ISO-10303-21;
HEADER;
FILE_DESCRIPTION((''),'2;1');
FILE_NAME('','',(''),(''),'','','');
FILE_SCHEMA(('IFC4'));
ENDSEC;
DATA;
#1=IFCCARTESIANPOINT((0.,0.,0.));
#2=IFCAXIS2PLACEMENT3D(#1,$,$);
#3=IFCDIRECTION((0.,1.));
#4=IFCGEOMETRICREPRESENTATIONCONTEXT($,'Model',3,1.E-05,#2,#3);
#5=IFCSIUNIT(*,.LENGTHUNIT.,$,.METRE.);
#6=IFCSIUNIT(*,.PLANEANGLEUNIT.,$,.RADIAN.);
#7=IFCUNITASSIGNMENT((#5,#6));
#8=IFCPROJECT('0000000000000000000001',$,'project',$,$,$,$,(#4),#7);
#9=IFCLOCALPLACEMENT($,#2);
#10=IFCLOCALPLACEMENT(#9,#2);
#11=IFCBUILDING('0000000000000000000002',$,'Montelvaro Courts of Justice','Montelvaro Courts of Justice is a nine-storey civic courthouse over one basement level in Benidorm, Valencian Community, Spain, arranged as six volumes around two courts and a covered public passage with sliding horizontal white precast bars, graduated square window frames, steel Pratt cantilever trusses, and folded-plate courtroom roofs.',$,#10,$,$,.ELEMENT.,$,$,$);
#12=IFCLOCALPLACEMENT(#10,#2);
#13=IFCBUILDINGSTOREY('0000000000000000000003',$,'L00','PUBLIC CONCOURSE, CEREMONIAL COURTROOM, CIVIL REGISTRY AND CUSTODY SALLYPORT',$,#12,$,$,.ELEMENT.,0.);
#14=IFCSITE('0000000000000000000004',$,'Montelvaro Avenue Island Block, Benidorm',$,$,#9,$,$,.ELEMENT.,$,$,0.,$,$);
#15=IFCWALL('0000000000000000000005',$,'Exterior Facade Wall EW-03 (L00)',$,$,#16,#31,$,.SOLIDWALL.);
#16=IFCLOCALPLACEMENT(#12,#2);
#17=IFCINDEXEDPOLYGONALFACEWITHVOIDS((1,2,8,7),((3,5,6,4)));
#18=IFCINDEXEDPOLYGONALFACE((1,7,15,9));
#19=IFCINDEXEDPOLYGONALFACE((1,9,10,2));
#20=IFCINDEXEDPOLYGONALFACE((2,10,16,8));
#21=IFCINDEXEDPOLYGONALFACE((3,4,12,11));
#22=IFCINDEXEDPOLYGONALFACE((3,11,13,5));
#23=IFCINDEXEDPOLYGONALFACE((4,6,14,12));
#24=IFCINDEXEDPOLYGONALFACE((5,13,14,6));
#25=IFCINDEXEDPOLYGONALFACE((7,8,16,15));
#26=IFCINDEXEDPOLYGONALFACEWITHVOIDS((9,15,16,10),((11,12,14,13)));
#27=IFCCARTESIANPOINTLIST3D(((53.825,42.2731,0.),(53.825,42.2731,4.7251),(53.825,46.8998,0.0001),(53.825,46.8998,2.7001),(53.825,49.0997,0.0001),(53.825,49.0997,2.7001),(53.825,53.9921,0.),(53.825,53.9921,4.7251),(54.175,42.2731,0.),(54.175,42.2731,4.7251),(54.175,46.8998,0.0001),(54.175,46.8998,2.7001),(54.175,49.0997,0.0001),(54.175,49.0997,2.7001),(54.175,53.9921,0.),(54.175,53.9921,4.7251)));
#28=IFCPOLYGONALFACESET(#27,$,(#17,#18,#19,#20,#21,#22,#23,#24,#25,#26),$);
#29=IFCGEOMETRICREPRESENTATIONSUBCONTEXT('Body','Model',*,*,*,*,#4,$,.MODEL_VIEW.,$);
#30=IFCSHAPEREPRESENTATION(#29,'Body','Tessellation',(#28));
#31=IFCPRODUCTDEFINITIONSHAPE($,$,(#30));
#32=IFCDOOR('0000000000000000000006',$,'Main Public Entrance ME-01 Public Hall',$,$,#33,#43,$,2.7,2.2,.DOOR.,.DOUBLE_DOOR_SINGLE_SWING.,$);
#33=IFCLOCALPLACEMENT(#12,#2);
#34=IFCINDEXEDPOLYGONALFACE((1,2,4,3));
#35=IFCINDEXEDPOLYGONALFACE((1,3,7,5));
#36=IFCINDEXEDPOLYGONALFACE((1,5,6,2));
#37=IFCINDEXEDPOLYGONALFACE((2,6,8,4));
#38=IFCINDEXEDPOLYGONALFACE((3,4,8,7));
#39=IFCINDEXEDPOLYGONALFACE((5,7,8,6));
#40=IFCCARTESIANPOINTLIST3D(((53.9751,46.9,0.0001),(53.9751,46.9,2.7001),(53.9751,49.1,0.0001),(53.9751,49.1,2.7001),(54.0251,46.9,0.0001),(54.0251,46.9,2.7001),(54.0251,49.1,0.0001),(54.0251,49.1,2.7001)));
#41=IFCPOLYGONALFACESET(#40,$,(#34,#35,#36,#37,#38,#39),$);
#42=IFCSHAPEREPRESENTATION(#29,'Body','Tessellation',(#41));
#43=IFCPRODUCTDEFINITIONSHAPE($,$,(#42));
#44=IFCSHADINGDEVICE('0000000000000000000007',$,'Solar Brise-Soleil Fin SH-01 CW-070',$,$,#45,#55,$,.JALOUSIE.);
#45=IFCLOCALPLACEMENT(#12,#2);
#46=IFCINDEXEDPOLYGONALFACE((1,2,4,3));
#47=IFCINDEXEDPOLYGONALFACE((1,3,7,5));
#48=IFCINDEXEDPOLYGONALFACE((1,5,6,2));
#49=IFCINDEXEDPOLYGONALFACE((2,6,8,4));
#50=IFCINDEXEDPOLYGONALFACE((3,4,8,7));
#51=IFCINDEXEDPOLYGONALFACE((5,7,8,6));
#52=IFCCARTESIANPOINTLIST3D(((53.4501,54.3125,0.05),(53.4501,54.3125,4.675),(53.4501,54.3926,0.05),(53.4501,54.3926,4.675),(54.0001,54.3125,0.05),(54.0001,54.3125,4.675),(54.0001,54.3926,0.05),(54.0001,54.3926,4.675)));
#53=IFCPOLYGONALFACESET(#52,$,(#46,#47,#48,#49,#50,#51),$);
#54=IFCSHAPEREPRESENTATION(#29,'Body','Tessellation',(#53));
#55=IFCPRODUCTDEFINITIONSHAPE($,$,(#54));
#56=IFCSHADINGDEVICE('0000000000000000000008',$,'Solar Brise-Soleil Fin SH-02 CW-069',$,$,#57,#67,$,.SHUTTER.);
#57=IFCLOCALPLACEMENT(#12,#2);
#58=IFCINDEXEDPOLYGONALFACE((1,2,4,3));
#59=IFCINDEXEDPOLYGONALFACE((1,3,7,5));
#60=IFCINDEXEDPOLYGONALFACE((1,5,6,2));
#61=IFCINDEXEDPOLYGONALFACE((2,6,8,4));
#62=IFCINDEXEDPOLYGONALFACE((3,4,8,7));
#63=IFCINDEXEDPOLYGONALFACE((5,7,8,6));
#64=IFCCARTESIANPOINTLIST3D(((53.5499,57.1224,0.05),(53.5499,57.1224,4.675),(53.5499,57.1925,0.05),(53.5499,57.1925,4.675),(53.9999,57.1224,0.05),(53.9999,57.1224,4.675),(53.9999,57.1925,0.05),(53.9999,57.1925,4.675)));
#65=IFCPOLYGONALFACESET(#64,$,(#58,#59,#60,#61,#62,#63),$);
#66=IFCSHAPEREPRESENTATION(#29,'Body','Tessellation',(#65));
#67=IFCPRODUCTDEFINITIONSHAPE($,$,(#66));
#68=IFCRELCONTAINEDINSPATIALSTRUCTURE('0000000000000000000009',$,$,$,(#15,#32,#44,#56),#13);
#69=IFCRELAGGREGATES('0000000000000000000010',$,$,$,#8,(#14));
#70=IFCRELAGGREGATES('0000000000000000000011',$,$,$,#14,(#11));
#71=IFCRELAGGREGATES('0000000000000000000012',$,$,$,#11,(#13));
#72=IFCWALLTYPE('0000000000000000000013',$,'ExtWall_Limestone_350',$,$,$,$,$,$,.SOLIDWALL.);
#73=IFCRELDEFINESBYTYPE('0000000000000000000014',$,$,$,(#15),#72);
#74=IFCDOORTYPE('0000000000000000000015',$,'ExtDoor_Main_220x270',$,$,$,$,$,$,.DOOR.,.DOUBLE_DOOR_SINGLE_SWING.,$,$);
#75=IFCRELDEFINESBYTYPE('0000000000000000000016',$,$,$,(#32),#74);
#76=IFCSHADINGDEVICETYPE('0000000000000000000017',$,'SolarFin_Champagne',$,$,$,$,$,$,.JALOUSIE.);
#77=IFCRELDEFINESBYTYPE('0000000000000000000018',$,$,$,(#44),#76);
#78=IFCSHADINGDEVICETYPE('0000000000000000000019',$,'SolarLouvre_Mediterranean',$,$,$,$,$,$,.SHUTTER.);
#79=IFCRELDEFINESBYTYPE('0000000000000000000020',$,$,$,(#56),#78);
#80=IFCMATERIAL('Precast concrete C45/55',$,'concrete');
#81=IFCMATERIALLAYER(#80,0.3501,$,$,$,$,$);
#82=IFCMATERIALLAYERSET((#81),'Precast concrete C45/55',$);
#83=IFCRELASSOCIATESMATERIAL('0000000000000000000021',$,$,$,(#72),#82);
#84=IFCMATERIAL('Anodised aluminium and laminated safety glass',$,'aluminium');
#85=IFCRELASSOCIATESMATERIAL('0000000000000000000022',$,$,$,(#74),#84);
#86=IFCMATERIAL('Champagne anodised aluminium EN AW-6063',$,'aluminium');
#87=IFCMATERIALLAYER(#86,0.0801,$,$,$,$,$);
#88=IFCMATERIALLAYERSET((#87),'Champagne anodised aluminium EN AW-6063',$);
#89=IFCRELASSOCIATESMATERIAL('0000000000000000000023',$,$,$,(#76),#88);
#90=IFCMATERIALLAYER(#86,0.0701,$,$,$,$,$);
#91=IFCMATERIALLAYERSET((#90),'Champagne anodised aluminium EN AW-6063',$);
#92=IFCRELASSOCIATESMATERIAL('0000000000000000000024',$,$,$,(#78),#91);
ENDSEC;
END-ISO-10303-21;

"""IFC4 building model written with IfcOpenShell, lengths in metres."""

from ifc_helpers import new_model, si_unit, direction, frame, frame_2d, origin, origin_2d, place, context, subcontext, project, spatial, rectangle, extrude, material, layer, layer_set, type_object, element, fill, save


model = new_model("IFC4")

# Units and contexts
model_context = context("Model", 3, precision=1e-05, world=origin(), true_north=direction((0.0, 1.0)))
body_context = subcontext(model_context, "Body", "Model", "MODEL_VIEW")
ifc_project = project(units=[si_unit("LENGTHUNIT", "METRE"), si_unit("PLANEANGLEUNIT", "RADIAN")], contexts=[model_context])

# Site, building, storey
site_placement = place(None, origin())
site = spatial("IfcSite", under=ifc_project, at=site_placement, Name="Montelvaro Avenue Island Block, Benidorm", CompositionType="ELEMENT", RefElevation=0.0)
building_placement = place(site_placement, origin())
building = spatial("IfcBuilding", under=site, at=building_placement, Name="Montelvaro Courts of Justice", Description="Montelvaro Courts of Justice is a nine-storey civic courthouse over one basement level in Benidorm, Valencian Community, Spain, arranged as six volumes around two courts and a covered public passage with sliding horizontal white precast bars, graduated square window frames, steel Pratt cantilever trusses, and folded-plate courtroom roofs.", CompositionType="ELEMENT")
storey_placement = place(building_placement, origin())
storey = spatial("IfcBuildingStorey", under=building, at=storey_placement, Name="L00", Description="PUBLIC CONCOURSE, CEREMONIAL COURTROOM, CIVIL REGISTRY AND CUSTODY SALLYPORT", CompositionType="ELEMENT", Elevation=0.0)

# Wall, opening, door
ifc_material_1 = material(Name="Precast concrete C45/55", Category="concrete")
ifc_layer_1 = layer(ifc_material_1, 0.3501)
ifc_layer_set_1 = layer_set([ifc_layer_1], Name="Precast concrete C45/55")
wall_type = type_object("IfcWallType", Name="ExtWall_Limestone_350", PredefinedType="SOLIDWALL", material=ifc_layer_set_1)
wall_placement = place(storey_placement, frame((54.0, 53.9919, 0.0), z_axis=(0.0, 0.0, 1.0), x_axis=(0.0, -1.0, 0.0)))
wall = element("IfcWall", 1, at=wall_placement, inside=storey, type_object=wall_type, Name="Exterior Facade Wall EW-03 (L00)", PredefinedType="SOLIDWALL", context=body_context, shape_type="SweptSolid", body=[
    extrude(rectangle(XDim=11.719, YDim=0.3501, at=frame_2d((5.8594, 0.0))), origin(), (0.0, 0.0, 1.0), 4.7251),
])
opening_placement = place(wall_placement, frame((4.8921, 0.0, 0.0)))
opening = element("IfcOpeningElement", 2, at=opening_placement, cuts=wall, PredefinedType="OPENING", context=body_context, shape_type="SweptSolid", body=[
    extrude(rectangle(XDim=2.2, YDim=2.7, at=frame_2d((1.1001, 1.3501))), frame((0.0, 0.1899, 0.0), z_axis=(0.0, -1.0, 0.0), x_axis=(1.0, 0.0, 0.0)), (0.0, 0.0, 1.0), 0.3799),
])
ifc_material_2 = material(Name="Anodised aluminium and laminated safety glass", Category="aluminium")
door_type = type_object("IfcDoorType", Name="ExtDoor_Main_220x270", OperationType="DOUBLE_DOOR_SINGLE_SWING", PredefinedType="DOOR", material=ifc_material_2)
door_placement = place(opening_placement, frame((2.2, 0.0, 0.0), z_axis=(0.0, 0.0, 1.0), x_axis=(-1.0, 0.0, 0.0)))
door = element("IfcDoor", 3, at=door_placement, inside=storey, type_object=door_type, Name="Main Public Entrance ME-01 Public Hall", OperationType="DOUBLE_DOOR_SINGLE_SWING", OverallHeight=2.7, OverallWidth=2.2, PredefinedType="DOOR", context=body_context, shape_type="SweptSolid", body=[
    extrude(rectangle(XDim=2.2, YDim=2.7, at=frame_2d((1.1001, 1.3501))), frame((0.0, 0.0249, 0.0), z_axis=(0.0, -1.0, 0.0), x_axis=(1.0, 0.0, 0.0)), (0.0, 0.0, 1.0), 0.05),
])
fill(opening, door)

# Shading devices
ifc_material_3 = material(Name="Champagne anodised aluminium EN AW-6063", Category="aluminium")
ifc_layer_2 = layer(ifc_material_3, 0.0801)
ifc_layer_set_2 = layer_set([ifc_layer_2], Name="Champagne anodised aluminium EN AW-6063")
shading_device_type_1 = type_object("IfcShadingDeviceType", Name="SolarFin_Champagne", PredefinedType="JALOUSIE", material=ifc_layer_set_2)
shading_device_1_placement = place(storey_placement, frame((53.7251, 54.3525, 0.05), z_axis=(0.0, 0.0, 1.0), x_axis=(0.0, -1.0, 0.0)))
element("IfcShadingDevice", 4, at=shading_device_1_placement, inside=storey, type_object=shading_device_type_1, Name="Solar Brise-Soleil Fin SH-01 CW-070", PredefinedType="JALOUSIE", context=body_context, shape_type="SweptSolid", body=[
    extrude(rectangle(XDim=0.0801, YDim=0.55, at=origin_2d()), origin(), (0.0, 0.0, 1.0), 4.625),
])
ifc_layer_3 = layer(ifc_material_3, 0.0701)
ifc_layer_set_3 = layer_set([ifc_layer_3], Name="Champagne anodised aluminium EN AW-6063")
shading_device_type_2 = type_object("IfcShadingDeviceType", Name="SolarLouvre_Mediterranean", PredefinedType="SHUTTER", material=ifc_layer_set_3)
shading_device_2_placement = place(storey_placement, frame((53.7749, 57.1575, 0.05), z_axis=(0.0, 0.0, 1.0), x_axis=(0.0, -1.0, 0.0)))
element("IfcShadingDevice", 5, at=shading_device_2_placement, inside=storey, type_object=shading_device_type_2, Name="Solar Brise-Soleil Fin SH-02 CW-069", PredefinedType="SHUTTER", context=body_context, shape_type="SweptSolid", body=[
    extrude(rectangle(XDim=0.0701, YDim=0.45, at=origin_2d()), origin(), (0.0, 0.0, 1.0), 4.625),
])

save(model, "model.ifc")
